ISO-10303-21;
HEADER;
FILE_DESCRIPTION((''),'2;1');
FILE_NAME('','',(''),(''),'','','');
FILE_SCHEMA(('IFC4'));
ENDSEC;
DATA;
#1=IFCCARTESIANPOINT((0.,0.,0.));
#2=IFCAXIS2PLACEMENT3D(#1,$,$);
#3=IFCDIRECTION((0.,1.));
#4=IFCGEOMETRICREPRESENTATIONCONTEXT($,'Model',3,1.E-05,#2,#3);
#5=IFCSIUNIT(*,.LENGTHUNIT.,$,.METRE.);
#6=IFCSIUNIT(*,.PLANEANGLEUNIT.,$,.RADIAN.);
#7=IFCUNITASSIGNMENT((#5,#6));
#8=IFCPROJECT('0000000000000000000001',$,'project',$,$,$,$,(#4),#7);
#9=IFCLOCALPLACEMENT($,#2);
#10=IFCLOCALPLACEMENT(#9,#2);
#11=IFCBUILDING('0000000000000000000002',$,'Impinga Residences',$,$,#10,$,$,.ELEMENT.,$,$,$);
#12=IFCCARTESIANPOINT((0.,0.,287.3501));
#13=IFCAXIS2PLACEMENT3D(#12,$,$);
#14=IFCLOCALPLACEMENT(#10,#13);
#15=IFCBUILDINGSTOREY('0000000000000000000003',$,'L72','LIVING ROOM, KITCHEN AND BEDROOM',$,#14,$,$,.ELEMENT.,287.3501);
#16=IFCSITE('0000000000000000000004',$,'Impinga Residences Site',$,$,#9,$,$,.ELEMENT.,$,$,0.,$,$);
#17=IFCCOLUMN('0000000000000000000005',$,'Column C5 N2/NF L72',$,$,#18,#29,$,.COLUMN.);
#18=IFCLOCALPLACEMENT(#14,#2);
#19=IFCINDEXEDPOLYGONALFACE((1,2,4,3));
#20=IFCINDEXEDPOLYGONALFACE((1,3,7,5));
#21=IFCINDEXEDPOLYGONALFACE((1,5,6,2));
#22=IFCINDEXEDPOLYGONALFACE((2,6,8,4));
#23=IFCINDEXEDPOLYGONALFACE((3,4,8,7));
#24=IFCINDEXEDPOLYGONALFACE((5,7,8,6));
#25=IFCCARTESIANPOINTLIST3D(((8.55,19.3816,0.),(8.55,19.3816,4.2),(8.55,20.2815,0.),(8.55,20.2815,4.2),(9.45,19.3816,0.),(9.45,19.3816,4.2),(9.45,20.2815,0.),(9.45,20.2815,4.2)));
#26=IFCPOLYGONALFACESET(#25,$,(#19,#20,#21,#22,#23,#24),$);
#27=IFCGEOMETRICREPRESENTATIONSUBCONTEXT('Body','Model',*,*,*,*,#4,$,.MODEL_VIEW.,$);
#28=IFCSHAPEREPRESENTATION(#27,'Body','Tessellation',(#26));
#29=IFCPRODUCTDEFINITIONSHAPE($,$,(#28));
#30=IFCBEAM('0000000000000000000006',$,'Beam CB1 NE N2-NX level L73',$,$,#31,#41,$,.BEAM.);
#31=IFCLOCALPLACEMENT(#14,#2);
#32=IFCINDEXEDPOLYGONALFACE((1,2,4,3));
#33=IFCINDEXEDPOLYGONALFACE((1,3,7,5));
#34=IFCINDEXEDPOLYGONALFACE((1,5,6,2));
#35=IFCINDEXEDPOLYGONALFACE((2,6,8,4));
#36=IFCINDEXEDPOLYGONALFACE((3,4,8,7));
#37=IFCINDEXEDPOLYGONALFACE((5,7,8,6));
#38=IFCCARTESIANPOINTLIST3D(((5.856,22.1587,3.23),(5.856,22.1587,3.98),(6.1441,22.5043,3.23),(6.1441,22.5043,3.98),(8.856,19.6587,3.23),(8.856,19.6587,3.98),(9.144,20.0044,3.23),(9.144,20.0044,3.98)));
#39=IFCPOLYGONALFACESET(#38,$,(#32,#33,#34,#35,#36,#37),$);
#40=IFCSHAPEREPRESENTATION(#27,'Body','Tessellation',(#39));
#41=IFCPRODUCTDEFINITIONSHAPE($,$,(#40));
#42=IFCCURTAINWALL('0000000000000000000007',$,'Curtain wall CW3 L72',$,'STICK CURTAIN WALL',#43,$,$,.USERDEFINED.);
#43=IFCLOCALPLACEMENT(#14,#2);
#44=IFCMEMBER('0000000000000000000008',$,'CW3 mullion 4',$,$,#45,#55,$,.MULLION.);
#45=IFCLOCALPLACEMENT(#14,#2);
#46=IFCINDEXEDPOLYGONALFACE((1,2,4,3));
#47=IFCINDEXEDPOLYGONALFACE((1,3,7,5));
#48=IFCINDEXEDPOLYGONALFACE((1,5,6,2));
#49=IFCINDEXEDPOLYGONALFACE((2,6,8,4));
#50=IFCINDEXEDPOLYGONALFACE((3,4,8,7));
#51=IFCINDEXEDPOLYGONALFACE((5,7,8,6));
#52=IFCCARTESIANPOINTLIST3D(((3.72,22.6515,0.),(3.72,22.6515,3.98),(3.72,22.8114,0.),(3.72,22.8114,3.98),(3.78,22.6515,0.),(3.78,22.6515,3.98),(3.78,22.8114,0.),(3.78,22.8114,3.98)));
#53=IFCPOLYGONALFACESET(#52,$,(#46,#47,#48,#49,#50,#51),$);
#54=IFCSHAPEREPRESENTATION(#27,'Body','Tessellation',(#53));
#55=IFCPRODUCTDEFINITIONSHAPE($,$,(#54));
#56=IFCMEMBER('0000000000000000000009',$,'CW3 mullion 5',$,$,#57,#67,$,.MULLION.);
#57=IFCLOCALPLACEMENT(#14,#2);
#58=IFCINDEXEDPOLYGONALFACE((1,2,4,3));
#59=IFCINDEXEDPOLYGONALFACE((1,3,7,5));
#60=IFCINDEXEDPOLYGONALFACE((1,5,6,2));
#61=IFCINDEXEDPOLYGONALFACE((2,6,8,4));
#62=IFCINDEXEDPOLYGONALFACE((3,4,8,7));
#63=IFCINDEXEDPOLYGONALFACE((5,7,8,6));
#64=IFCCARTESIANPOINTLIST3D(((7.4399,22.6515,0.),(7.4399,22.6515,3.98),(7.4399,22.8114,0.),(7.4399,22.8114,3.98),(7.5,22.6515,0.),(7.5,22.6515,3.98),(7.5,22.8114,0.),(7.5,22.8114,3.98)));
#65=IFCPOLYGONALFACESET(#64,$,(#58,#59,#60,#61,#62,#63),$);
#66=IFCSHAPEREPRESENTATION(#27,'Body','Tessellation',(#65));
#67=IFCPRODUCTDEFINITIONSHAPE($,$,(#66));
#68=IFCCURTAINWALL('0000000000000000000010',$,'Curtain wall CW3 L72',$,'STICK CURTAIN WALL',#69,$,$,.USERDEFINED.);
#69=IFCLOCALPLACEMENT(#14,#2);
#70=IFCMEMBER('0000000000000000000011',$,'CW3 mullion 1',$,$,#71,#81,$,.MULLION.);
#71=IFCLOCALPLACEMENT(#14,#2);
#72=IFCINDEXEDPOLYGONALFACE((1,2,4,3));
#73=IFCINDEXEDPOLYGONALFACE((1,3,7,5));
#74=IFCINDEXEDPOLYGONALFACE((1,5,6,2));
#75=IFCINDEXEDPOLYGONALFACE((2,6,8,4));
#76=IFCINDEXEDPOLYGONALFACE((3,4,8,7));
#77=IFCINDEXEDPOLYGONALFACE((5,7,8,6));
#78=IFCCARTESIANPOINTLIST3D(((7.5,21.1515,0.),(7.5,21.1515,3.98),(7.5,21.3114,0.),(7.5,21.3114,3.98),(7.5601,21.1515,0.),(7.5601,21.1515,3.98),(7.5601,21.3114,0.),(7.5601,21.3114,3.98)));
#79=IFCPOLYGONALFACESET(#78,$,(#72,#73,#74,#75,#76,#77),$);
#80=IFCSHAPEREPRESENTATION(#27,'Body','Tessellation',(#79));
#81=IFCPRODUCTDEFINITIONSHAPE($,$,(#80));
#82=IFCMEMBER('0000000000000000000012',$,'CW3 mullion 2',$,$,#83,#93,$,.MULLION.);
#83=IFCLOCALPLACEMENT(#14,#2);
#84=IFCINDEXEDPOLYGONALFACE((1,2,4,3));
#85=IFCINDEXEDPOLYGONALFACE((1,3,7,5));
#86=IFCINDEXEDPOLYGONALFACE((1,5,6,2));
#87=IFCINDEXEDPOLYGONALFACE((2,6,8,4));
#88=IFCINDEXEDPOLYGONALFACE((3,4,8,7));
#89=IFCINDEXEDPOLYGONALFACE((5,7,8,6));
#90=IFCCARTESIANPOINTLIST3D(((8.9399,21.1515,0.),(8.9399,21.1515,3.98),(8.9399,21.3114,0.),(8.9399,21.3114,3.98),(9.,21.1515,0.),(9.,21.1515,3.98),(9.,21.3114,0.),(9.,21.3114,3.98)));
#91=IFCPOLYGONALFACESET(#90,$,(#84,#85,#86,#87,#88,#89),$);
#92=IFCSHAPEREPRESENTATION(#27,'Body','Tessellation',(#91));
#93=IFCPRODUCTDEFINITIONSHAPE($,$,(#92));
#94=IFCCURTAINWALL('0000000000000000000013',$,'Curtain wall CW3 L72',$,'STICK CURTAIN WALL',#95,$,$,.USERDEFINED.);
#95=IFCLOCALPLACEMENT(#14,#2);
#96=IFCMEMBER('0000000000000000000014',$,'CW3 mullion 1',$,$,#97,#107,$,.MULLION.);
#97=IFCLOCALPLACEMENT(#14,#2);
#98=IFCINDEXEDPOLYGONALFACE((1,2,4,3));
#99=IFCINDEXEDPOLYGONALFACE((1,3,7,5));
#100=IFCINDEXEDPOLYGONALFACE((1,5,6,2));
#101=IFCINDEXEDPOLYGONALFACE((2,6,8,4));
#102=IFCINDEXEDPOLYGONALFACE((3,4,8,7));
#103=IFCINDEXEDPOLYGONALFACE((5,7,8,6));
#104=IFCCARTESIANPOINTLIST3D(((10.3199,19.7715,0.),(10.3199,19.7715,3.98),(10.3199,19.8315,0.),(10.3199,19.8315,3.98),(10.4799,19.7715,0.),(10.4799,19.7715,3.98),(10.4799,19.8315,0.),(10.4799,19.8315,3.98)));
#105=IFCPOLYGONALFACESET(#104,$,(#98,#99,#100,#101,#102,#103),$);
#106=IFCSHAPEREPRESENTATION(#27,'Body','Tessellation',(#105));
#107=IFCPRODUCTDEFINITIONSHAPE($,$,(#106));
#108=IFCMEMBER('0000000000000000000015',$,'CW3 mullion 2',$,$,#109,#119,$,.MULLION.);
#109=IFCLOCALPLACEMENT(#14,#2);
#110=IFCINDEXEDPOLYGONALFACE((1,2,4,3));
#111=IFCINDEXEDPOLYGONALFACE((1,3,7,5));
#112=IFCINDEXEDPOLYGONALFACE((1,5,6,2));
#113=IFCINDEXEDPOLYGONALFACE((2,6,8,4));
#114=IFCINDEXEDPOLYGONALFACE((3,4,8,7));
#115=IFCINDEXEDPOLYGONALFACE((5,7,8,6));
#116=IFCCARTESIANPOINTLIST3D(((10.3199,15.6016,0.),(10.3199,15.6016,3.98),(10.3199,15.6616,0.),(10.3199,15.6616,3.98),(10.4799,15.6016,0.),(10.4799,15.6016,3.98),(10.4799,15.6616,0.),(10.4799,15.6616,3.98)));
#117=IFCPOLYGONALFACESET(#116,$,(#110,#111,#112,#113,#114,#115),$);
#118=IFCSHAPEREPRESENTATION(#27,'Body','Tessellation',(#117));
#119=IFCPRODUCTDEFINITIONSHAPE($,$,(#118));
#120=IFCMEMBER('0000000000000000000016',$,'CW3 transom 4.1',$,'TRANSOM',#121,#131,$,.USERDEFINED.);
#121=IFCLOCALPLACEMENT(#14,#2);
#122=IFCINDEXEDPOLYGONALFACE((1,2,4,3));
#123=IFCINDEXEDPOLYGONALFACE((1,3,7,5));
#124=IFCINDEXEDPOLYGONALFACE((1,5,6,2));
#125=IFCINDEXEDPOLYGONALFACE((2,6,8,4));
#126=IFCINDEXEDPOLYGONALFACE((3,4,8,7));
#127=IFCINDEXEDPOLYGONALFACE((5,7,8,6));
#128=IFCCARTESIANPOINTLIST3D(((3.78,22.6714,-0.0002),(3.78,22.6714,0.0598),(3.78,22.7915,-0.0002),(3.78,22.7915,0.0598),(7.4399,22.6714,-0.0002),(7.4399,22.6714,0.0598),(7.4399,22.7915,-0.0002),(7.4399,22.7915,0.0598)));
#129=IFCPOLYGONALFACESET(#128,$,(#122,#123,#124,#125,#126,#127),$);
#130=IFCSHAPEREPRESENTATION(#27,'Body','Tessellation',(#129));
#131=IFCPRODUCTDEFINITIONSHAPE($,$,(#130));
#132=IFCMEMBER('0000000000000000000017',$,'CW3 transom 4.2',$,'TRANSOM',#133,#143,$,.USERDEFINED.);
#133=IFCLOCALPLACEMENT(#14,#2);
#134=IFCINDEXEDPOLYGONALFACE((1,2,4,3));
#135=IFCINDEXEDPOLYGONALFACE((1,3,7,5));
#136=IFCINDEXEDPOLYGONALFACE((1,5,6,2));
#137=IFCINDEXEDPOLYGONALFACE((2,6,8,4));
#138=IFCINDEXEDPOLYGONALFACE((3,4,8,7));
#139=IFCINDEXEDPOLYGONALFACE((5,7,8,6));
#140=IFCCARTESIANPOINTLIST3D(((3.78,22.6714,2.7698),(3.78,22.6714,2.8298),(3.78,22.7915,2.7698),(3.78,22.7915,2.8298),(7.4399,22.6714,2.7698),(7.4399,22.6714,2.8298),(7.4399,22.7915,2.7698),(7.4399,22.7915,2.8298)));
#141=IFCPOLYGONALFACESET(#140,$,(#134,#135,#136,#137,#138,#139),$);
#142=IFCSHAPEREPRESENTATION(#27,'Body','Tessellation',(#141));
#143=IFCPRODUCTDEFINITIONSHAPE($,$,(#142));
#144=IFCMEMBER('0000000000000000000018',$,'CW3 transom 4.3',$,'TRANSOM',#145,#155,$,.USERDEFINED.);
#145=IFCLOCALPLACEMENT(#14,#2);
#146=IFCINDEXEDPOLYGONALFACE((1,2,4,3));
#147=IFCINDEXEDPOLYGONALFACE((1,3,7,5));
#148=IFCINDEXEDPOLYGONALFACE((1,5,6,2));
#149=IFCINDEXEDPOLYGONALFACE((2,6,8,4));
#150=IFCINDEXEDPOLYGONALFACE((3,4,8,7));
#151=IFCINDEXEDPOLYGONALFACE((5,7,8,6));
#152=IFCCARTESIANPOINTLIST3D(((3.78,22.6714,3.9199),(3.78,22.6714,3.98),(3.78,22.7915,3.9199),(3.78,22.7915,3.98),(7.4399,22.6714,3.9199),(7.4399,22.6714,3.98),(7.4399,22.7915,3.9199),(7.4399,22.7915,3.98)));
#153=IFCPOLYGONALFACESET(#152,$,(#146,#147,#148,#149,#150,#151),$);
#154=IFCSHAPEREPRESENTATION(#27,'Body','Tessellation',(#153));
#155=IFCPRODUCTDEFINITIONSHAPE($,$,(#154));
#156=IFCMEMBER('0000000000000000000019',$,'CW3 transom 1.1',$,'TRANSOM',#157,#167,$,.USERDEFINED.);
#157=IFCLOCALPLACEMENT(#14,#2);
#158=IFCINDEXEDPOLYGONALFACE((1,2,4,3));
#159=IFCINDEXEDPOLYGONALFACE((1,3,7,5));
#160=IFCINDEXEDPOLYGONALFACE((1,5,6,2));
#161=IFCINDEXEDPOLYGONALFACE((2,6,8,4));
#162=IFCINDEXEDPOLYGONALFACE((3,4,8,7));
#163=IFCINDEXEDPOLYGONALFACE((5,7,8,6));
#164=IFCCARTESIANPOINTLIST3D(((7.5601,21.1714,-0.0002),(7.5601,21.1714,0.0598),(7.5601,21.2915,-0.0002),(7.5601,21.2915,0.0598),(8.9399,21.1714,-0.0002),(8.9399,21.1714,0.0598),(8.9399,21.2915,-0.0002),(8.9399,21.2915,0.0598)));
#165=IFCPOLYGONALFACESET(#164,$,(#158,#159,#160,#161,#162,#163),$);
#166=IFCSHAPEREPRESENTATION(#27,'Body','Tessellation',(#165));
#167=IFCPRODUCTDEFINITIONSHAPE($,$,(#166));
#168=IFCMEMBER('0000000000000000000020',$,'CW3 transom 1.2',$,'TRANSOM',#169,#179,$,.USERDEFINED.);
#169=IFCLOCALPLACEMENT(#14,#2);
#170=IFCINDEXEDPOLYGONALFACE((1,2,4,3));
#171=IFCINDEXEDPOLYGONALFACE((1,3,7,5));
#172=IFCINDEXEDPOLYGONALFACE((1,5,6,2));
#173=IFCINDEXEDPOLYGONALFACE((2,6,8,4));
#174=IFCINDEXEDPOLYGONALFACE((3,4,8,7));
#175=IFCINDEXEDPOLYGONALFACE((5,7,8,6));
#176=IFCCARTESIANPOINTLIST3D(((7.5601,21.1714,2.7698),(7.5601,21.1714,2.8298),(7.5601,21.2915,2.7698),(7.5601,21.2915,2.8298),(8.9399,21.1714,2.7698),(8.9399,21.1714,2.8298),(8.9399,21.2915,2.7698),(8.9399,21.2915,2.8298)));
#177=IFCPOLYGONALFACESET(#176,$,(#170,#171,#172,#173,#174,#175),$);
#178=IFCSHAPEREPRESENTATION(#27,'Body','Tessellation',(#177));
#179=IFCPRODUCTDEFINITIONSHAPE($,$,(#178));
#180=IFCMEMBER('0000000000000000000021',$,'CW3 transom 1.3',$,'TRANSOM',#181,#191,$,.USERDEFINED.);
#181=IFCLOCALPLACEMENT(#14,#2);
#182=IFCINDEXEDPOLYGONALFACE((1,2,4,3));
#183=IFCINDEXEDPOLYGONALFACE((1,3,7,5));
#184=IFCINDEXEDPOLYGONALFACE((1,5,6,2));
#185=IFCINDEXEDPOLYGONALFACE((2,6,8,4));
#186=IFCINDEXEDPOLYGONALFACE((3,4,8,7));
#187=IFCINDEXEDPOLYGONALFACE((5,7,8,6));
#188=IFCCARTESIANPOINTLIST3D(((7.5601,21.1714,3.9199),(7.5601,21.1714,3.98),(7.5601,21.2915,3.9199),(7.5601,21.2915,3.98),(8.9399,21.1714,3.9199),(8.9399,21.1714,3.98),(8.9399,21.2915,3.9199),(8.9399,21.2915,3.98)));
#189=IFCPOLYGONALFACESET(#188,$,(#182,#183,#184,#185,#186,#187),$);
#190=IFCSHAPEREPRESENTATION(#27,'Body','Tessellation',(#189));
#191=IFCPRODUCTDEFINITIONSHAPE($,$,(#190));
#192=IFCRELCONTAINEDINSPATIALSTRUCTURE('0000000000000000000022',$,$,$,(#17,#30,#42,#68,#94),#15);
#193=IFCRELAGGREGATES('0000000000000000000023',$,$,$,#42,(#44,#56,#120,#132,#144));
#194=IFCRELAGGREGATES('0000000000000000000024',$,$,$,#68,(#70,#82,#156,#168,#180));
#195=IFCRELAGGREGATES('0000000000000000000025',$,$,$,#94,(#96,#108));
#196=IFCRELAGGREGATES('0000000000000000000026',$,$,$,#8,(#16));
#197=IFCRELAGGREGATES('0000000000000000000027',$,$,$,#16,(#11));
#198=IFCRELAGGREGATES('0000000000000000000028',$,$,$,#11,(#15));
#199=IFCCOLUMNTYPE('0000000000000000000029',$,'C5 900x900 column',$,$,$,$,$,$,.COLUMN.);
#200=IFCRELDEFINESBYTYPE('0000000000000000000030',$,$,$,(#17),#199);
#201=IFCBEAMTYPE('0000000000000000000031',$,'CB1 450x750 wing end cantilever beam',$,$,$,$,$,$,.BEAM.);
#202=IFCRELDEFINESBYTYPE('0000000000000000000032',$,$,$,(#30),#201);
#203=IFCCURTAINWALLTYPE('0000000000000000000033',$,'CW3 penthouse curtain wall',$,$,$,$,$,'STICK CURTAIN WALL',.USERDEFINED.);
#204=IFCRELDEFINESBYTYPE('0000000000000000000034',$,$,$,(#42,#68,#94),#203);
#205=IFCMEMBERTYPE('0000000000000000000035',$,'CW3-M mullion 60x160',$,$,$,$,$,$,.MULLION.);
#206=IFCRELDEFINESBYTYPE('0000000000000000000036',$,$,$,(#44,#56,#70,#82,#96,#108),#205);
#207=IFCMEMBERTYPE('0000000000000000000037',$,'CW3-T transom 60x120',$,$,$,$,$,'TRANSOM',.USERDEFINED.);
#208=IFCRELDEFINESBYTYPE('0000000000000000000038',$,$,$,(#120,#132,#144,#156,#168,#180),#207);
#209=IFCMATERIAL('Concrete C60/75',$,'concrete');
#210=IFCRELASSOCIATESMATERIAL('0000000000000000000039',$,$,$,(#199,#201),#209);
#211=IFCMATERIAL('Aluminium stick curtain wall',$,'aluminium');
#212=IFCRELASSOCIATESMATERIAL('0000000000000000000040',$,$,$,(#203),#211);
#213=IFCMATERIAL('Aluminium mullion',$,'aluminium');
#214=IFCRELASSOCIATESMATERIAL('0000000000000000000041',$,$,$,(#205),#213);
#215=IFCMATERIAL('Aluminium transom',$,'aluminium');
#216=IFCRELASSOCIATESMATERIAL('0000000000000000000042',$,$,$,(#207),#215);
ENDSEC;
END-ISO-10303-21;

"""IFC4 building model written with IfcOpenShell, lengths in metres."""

from ifc_helpers import new_model, si_unit, direction, frame, origin, origin_2d, place, context, subcontext, project, spatial, rectangle, extrude, material, material_profile, profile_set, type_object, element, aggregate, save


model = new_model("IFC4")

# Units and contexts
model_context = context("Model", 3, precision=1e-05, world=origin(), true_north=direction((0.0, 1.0)))
body_context = subcontext(model_context, "Body", "Model", "MODEL_VIEW")
ifc_project = project(units=[si_unit("LENGTHUNIT", "METRE"), si_unit("PLANEANGLEUNIT", "RADIAN")], contexts=[model_context])

# Site, building, storey
site_placement = place(None, origin())
site = spatial("IfcSite", under=ifc_project, at=site_placement, Name="Impinga Residences Site", CompositionType="ELEMENT", RefElevation=0.0)
building_placement = place(site_placement, origin())
building = spatial("IfcBuilding", under=site, at=building_placement, Name="Impinga Residences", CompositionType="ELEMENT")
storey_placement = place(building_placement, frame((0.0, 0.0, 287.3501)))
storey = spatial("IfcBuildingStorey", under=building, at=storey_placement, Name="L72", Description="LIVING ROOM, KITCHEN AND BEDROOM", CompositionType="ELEMENT", Elevation=287.3501)

# Column
ifc_material_1 = material(Name="Concrete C60/75", Category="concrete")
ifc_material_profile_1 = material_profile(ifc_material_1, rectangle(XDim=0.8999, YDim=0.8999, at=origin_2d()), Name="RC 900x900")
ifc_profile_set_1 = profile_set([ifc_material_profile_1], Name="Concrete C60/75")
column_type = type_object("IfcColumnType", Name="C5 900x900 column", PredefinedType="COLUMN", material=ifc_profile_set_1)
column_placement = place(storey_placement, frame((9.0, 19.8315, 0.0), z_axis=(0.0, 0.0, 1.0), x_axis=(1.0, 0.0, 0.0)))
element("IfcColumn", 1, at=column_placement, inside=storey, type_object=column_type, Name="Column C5 N2/NF L72", PredefinedType="COLUMN", context=body_context, shape_type="SweptSolid", body=[
    extrude(rectangle(XDim=0.8999, YDim=0.8999, at=origin_2d()), origin(), (0.0, 0.0, 1.0), 4.2),
])

# Beam
ifc_material_profile_2 = material_profile(ifc_material_1, rectangle(XDim=0.45, YDim=0.75, at=origin_2d()), Name="RC 450x750")
ifc_profile_set_2 = profile_set([ifc_material_profile_2], Name="Concrete C60/75")
beam_type = type_object("IfcBeamType", Name="CB1 450x750 wing end cantilever beam", PredefinedType="BEAM", material=ifc_profile_set_2)
beam_placement = place(storey_placement, frame((9.0, 19.8315, 3.605), z_axis=(-0.768221, 0.640184, 0.0), x_axis=(-0.640184, -0.768221, 0.0)))
element("IfcBeam", 2, at=beam_placement, inside=storey, type_object=beam_type, Name="Beam CB1 NE N2-NX level L73", PredefinedType="BEAM", context=body_context, shape_type="SweptSolid", body=[
    extrude(rectangle(XDim=0.45, YDim=0.75, at=origin_2d()), origin(), (0.0, 0.0, 1.0), 3.905),
])

# Curtain walls, members
ifc_material_2 = material(Name="Aluminium stick curtain wall", Category="aluminium")
curtain_wall_type = type_object("IfcCurtainWallType", Name="CW3 penthouse curtain wall", ElementType="STICK CURTAIN WALL", PredefinedType="USERDEFINED", material=ifc_material_2)
curtain_wall_1_placement = place(storey_placement, origin())
curtain_wall_1 = element("IfcCurtainWall", 3, at=curtain_wall_1_placement, inside=storey, type_object=curtain_wall_type, Name="Curtain wall CW3 L72", ObjectType="STICK CURTAIN WALL", PredefinedType="USERDEFINED")
ifc_material_3 = material(Name="Aluminium mullion", Category="aluminium")
ifc_material_profile_3 = material_profile(ifc_material_3, rectangle(XDim=0.0601, YDim=0.1599, at=origin_2d()), Name="60x160 mullion")
ifc_profile_set_3 = profile_set([ifc_material_profile_3], Name="Aluminium mullion")
member_type_1 = type_object("IfcMemberType", Name="CW3-M mullion 60x160", PredefinedType="MULLION", material=ifc_profile_set_3)
member_1_placement = place(storey_placement, frame((3.75, 22.7314, 0.0), z_axis=(0.0, 0.0, 1.0), x_axis=(1.0, 0.0, 0.0)))
member_1 = element("IfcMember", 4, at=member_1_placement, type_object=member_type_1, Name="CW3 mullion 4", PredefinedType="MULLION", context=body_context, shape_type="SweptSolid", body=[
    extrude(rectangle(XDim=0.0601, YDim=0.1599, at=origin_2d()), origin(), (0.0, 0.0, 1.0), 3.98),
])
member_2_placement = place(storey_placement, frame((7.47, 22.7314, 0.0), z_axis=(0.0, 0.0, 1.0), x_axis=(1.0, 0.0, 0.0)))
member_2 = element("IfcMember", 5, at=member_2_placement, type_object=member_type_1, Name="CW3 mullion 5", PredefinedType="MULLION", context=body_context, shape_type="SweptSolid", body=[
    extrude(rectangle(XDim=0.0601, YDim=0.1599, at=origin_2d()), origin(), (0.0, 0.0, 1.0), 3.98),
])
curtain_wall_2_placement = place(storey_placement, origin())
curtain_wall_2 = element("IfcCurtainWall", 6, at=curtain_wall_2_placement, inside=storey, type_object=curtain_wall_type, Name="Curtain wall CW3 L72", ObjectType="STICK CURTAIN WALL", PredefinedType="USERDEFINED")
member_3_placement = place(storey_placement, frame((7.53, 21.2314, 0.0), z_axis=(0.0, 0.0, 1.0), x_axis=(1.0, 0.0, 0.0)))
member_3 = element("IfcMember", 7, at=member_3_placement, type_object=member_type_1, Name="CW3 mullion 1", PredefinedType="MULLION", context=body_context, shape_type="SweptSolid", body=[
    extrude(rectangle(XDim=0.0601, YDim=0.1599, at=origin_2d()), origin(), (0.0, 0.0, 1.0), 3.98),
])
member_4_placement = place(storey_placement, frame((8.97, 21.2314, 0.0), z_axis=(0.0, 0.0, 1.0), x_axis=(1.0, 0.0, 0.0)))
member_4 = element("IfcMember", 8, at=member_4_placement, type_object=member_type_1, Name="CW3 mullion 2", PredefinedType="MULLION", context=body_context, shape_type="SweptSolid", body=[
    extrude(rectangle(XDim=0.0601, YDim=0.1599, at=origin_2d()), origin(), (0.0, 0.0, 1.0), 3.98),
])
curtain_wall_3_placement = place(storey_placement, origin())
curtain_wall_3 = element("IfcCurtainWall", 9, at=curtain_wall_3_placement, inside=storey, type_object=curtain_wall_type, Name="Curtain wall CW3 L72", ObjectType="STICK CURTAIN WALL", PredefinedType="USERDEFINED")
member_5_placement = place(storey_placement, frame((10.3999, 19.8015, 0.0), z_axis=(0.0, 0.0, 1.0), x_axis=(0.0, -1.0, 0.0)))
member_5 = element("IfcMember", 10, at=member_5_placement, type_object=member_type_1, Name="CW3 mullion 1", PredefinedType="MULLION", context=body_context, shape_type="SweptSolid", body=[
    extrude(rectangle(XDim=0.0601, YDim=0.1599, at=origin_2d()), origin(), (0.0, 0.0, 1.0), 3.98),
])
member_6_placement = place(storey_placement, frame((10.3999, 15.6316, 0.0), z_axis=(0.0, 0.0, 1.0), x_axis=(0.0, -1.0, 0.0)))
member_6 = element("IfcMember", 11, at=member_6_placement, type_object=member_type_1, Name="CW3 mullion 2", PredefinedType="MULLION", context=body_context, shape_type="SweptSolid", body=[
    extrude(rectangle(XDim=0.0601, YDim=0.1599, at=origin_2d()), origin(), (0.0, 0.0, 1.0), 3.98),
])

# Members
ifc_material_4 = material(Name="Aluminium transom", Category="aluminium")
ifc_material_profile_4 = material_profile(ifc_material_4, rectangle(XDim=0.0601, YDim=0.1201, at=origin_2d()), Name="60x120 transom")
ifc_profile_set_4 = profile_set([ifc_material_profile_4], Name="Aluminium transom")
member_type_2 = type_object("IfcMemberType", Name="CW3-T transom 60x120", ElementType="TRANSOM", PredefinedType="USERDEFINED", material=ifc_profile_set_4)
member_7_placement = place(storey_placement, frame((3.78, 22.7314, 0.0298), z_axis=(1.0, 0.0, 0.0), x_axis=(0.0, 0.0, 1.0)))
member_7 = element("IfcMember", 12, at=member_7_placement, type_object=member_type_2, Name="CW3 transom 4.1", ObjectType="TRANSOM", PredefinedType="USERDEFINED", context=body_context, shape_type="SweptSolid", body=[
    extrude(rectangle(XDim=0.0601, YDim=0.1201, at=origin_2d()), origin(), (0.0, 0.0, 1.0), 3.6599),
])
member_8_placement = place(storey_placement, frame((3.78, 22.7314, 2.7998), z_axis=(1.0, 0.0, 0.0), x_axis=(0.0, 0.0, 1.0)))
member_8 = element("IfcMember", 13, at=member_8_placement, type_object=member_type_2, Name="CW3 transom 4.2", ObjectType="TRANSOM", PredefinedType="USERDEFINED", context=body_context, shape_type="SweptSolid", body=[
    extrude(rectangle(XDim=0.0601, YDim=0.1201, at=origin_2d()), origin(), (0.0, 0.0, 1.0), 3.6599),
])
member_9_placement = place(storey_placement, frame((3.78, 22.7314, 3.95), z_axis=(1.0, 0.0, 0.0), x_axis=(0.0, 0.0, 1.0)))
member_9 = element("IfcMember", 14, at=member_9_placement, type_object=member_type_2, Name="CW3 transom 4.3", ObjectType="TRANSOM", PredefinedType="USERDEFINED", context=body_context, shape_type="SweptSolid", body=[
    extrude(rectangle(XDim=0.0601, YDim=0.1201, at=origin_2d()), origin(), (0.0, 0.0, 1.0), 3.6599),
])
member_10_placement = place(storey_placement, frame((7.5601, 21.2314, 0.0298), z_axis=(1.0, 0.0, 0.0), x_axis=(0.0, 0.0, 1.0)))
member_10 = element("IfcMember", 15, at=member_10_placement, type_object=member_type_2, Name="CW3 transom 1.1", ObjectType="TRANSOM", PredefinedType="USERDEFINED", context=body_context, shape_type="SweptSolid", body=[
    extrude(rectangle(XDim=0.0601, YDim=0.1201, at=origin_2d()), origin(), (0.0, 0.0, 1.0), 1.3799),
])
member_11_placement = place(storey_placement, frame((7.5601, 21.2314, 2.7998), z_axis=(1.0, 0.0, 0.0), x_axis=(0.0, 0.0, 1.0)))
member_11 = element("IfcMember", 16, at=member_11_placement, type_object=member_type_2, Name="CW3 transom 1.2", ObjectType="TRANSOM", PredefinedType="USERDEFINED", context=body_context, shape_type="SweptSolid", body=[
    extrude(rectangle(XDim=0.0601, YDim=0.1201, at=origin_2d()), origin(), (0.0, 0.0, 1.0), 1.3799),
])
member_12_placement = place(storey_placement, frame((7.5601, 21.2314, 3.95), z_axis=(1.0, 0.0, 0.0), x_axis=(0.0, 0.0, 1.0)))
member_12 = element("IfcMember", 17, at=member_12_placement, type_object=member_type_2, Name="CW3 transom 1.3", ObjectType="TRANSOM", PredefinedType="USERDEFINED", context=body_context, shape_type="SweptSolid", body=[
    extrude(rectangle(XDim=0.0601, YDim=0.1201, at=origin_2d()), origin(), (0.0, 0.0, 1.0), 1.3799),
])

aggregate(curtain_wall_1, [member_1, member_2, member_7, member_8, member_9])
aggregate(curtain_wall_2, [member_3, member_4, member_10, member_11, member_12])
aggregate(curtain_wall_3, [member_5, member_6])

save(model, "model.ifc")
